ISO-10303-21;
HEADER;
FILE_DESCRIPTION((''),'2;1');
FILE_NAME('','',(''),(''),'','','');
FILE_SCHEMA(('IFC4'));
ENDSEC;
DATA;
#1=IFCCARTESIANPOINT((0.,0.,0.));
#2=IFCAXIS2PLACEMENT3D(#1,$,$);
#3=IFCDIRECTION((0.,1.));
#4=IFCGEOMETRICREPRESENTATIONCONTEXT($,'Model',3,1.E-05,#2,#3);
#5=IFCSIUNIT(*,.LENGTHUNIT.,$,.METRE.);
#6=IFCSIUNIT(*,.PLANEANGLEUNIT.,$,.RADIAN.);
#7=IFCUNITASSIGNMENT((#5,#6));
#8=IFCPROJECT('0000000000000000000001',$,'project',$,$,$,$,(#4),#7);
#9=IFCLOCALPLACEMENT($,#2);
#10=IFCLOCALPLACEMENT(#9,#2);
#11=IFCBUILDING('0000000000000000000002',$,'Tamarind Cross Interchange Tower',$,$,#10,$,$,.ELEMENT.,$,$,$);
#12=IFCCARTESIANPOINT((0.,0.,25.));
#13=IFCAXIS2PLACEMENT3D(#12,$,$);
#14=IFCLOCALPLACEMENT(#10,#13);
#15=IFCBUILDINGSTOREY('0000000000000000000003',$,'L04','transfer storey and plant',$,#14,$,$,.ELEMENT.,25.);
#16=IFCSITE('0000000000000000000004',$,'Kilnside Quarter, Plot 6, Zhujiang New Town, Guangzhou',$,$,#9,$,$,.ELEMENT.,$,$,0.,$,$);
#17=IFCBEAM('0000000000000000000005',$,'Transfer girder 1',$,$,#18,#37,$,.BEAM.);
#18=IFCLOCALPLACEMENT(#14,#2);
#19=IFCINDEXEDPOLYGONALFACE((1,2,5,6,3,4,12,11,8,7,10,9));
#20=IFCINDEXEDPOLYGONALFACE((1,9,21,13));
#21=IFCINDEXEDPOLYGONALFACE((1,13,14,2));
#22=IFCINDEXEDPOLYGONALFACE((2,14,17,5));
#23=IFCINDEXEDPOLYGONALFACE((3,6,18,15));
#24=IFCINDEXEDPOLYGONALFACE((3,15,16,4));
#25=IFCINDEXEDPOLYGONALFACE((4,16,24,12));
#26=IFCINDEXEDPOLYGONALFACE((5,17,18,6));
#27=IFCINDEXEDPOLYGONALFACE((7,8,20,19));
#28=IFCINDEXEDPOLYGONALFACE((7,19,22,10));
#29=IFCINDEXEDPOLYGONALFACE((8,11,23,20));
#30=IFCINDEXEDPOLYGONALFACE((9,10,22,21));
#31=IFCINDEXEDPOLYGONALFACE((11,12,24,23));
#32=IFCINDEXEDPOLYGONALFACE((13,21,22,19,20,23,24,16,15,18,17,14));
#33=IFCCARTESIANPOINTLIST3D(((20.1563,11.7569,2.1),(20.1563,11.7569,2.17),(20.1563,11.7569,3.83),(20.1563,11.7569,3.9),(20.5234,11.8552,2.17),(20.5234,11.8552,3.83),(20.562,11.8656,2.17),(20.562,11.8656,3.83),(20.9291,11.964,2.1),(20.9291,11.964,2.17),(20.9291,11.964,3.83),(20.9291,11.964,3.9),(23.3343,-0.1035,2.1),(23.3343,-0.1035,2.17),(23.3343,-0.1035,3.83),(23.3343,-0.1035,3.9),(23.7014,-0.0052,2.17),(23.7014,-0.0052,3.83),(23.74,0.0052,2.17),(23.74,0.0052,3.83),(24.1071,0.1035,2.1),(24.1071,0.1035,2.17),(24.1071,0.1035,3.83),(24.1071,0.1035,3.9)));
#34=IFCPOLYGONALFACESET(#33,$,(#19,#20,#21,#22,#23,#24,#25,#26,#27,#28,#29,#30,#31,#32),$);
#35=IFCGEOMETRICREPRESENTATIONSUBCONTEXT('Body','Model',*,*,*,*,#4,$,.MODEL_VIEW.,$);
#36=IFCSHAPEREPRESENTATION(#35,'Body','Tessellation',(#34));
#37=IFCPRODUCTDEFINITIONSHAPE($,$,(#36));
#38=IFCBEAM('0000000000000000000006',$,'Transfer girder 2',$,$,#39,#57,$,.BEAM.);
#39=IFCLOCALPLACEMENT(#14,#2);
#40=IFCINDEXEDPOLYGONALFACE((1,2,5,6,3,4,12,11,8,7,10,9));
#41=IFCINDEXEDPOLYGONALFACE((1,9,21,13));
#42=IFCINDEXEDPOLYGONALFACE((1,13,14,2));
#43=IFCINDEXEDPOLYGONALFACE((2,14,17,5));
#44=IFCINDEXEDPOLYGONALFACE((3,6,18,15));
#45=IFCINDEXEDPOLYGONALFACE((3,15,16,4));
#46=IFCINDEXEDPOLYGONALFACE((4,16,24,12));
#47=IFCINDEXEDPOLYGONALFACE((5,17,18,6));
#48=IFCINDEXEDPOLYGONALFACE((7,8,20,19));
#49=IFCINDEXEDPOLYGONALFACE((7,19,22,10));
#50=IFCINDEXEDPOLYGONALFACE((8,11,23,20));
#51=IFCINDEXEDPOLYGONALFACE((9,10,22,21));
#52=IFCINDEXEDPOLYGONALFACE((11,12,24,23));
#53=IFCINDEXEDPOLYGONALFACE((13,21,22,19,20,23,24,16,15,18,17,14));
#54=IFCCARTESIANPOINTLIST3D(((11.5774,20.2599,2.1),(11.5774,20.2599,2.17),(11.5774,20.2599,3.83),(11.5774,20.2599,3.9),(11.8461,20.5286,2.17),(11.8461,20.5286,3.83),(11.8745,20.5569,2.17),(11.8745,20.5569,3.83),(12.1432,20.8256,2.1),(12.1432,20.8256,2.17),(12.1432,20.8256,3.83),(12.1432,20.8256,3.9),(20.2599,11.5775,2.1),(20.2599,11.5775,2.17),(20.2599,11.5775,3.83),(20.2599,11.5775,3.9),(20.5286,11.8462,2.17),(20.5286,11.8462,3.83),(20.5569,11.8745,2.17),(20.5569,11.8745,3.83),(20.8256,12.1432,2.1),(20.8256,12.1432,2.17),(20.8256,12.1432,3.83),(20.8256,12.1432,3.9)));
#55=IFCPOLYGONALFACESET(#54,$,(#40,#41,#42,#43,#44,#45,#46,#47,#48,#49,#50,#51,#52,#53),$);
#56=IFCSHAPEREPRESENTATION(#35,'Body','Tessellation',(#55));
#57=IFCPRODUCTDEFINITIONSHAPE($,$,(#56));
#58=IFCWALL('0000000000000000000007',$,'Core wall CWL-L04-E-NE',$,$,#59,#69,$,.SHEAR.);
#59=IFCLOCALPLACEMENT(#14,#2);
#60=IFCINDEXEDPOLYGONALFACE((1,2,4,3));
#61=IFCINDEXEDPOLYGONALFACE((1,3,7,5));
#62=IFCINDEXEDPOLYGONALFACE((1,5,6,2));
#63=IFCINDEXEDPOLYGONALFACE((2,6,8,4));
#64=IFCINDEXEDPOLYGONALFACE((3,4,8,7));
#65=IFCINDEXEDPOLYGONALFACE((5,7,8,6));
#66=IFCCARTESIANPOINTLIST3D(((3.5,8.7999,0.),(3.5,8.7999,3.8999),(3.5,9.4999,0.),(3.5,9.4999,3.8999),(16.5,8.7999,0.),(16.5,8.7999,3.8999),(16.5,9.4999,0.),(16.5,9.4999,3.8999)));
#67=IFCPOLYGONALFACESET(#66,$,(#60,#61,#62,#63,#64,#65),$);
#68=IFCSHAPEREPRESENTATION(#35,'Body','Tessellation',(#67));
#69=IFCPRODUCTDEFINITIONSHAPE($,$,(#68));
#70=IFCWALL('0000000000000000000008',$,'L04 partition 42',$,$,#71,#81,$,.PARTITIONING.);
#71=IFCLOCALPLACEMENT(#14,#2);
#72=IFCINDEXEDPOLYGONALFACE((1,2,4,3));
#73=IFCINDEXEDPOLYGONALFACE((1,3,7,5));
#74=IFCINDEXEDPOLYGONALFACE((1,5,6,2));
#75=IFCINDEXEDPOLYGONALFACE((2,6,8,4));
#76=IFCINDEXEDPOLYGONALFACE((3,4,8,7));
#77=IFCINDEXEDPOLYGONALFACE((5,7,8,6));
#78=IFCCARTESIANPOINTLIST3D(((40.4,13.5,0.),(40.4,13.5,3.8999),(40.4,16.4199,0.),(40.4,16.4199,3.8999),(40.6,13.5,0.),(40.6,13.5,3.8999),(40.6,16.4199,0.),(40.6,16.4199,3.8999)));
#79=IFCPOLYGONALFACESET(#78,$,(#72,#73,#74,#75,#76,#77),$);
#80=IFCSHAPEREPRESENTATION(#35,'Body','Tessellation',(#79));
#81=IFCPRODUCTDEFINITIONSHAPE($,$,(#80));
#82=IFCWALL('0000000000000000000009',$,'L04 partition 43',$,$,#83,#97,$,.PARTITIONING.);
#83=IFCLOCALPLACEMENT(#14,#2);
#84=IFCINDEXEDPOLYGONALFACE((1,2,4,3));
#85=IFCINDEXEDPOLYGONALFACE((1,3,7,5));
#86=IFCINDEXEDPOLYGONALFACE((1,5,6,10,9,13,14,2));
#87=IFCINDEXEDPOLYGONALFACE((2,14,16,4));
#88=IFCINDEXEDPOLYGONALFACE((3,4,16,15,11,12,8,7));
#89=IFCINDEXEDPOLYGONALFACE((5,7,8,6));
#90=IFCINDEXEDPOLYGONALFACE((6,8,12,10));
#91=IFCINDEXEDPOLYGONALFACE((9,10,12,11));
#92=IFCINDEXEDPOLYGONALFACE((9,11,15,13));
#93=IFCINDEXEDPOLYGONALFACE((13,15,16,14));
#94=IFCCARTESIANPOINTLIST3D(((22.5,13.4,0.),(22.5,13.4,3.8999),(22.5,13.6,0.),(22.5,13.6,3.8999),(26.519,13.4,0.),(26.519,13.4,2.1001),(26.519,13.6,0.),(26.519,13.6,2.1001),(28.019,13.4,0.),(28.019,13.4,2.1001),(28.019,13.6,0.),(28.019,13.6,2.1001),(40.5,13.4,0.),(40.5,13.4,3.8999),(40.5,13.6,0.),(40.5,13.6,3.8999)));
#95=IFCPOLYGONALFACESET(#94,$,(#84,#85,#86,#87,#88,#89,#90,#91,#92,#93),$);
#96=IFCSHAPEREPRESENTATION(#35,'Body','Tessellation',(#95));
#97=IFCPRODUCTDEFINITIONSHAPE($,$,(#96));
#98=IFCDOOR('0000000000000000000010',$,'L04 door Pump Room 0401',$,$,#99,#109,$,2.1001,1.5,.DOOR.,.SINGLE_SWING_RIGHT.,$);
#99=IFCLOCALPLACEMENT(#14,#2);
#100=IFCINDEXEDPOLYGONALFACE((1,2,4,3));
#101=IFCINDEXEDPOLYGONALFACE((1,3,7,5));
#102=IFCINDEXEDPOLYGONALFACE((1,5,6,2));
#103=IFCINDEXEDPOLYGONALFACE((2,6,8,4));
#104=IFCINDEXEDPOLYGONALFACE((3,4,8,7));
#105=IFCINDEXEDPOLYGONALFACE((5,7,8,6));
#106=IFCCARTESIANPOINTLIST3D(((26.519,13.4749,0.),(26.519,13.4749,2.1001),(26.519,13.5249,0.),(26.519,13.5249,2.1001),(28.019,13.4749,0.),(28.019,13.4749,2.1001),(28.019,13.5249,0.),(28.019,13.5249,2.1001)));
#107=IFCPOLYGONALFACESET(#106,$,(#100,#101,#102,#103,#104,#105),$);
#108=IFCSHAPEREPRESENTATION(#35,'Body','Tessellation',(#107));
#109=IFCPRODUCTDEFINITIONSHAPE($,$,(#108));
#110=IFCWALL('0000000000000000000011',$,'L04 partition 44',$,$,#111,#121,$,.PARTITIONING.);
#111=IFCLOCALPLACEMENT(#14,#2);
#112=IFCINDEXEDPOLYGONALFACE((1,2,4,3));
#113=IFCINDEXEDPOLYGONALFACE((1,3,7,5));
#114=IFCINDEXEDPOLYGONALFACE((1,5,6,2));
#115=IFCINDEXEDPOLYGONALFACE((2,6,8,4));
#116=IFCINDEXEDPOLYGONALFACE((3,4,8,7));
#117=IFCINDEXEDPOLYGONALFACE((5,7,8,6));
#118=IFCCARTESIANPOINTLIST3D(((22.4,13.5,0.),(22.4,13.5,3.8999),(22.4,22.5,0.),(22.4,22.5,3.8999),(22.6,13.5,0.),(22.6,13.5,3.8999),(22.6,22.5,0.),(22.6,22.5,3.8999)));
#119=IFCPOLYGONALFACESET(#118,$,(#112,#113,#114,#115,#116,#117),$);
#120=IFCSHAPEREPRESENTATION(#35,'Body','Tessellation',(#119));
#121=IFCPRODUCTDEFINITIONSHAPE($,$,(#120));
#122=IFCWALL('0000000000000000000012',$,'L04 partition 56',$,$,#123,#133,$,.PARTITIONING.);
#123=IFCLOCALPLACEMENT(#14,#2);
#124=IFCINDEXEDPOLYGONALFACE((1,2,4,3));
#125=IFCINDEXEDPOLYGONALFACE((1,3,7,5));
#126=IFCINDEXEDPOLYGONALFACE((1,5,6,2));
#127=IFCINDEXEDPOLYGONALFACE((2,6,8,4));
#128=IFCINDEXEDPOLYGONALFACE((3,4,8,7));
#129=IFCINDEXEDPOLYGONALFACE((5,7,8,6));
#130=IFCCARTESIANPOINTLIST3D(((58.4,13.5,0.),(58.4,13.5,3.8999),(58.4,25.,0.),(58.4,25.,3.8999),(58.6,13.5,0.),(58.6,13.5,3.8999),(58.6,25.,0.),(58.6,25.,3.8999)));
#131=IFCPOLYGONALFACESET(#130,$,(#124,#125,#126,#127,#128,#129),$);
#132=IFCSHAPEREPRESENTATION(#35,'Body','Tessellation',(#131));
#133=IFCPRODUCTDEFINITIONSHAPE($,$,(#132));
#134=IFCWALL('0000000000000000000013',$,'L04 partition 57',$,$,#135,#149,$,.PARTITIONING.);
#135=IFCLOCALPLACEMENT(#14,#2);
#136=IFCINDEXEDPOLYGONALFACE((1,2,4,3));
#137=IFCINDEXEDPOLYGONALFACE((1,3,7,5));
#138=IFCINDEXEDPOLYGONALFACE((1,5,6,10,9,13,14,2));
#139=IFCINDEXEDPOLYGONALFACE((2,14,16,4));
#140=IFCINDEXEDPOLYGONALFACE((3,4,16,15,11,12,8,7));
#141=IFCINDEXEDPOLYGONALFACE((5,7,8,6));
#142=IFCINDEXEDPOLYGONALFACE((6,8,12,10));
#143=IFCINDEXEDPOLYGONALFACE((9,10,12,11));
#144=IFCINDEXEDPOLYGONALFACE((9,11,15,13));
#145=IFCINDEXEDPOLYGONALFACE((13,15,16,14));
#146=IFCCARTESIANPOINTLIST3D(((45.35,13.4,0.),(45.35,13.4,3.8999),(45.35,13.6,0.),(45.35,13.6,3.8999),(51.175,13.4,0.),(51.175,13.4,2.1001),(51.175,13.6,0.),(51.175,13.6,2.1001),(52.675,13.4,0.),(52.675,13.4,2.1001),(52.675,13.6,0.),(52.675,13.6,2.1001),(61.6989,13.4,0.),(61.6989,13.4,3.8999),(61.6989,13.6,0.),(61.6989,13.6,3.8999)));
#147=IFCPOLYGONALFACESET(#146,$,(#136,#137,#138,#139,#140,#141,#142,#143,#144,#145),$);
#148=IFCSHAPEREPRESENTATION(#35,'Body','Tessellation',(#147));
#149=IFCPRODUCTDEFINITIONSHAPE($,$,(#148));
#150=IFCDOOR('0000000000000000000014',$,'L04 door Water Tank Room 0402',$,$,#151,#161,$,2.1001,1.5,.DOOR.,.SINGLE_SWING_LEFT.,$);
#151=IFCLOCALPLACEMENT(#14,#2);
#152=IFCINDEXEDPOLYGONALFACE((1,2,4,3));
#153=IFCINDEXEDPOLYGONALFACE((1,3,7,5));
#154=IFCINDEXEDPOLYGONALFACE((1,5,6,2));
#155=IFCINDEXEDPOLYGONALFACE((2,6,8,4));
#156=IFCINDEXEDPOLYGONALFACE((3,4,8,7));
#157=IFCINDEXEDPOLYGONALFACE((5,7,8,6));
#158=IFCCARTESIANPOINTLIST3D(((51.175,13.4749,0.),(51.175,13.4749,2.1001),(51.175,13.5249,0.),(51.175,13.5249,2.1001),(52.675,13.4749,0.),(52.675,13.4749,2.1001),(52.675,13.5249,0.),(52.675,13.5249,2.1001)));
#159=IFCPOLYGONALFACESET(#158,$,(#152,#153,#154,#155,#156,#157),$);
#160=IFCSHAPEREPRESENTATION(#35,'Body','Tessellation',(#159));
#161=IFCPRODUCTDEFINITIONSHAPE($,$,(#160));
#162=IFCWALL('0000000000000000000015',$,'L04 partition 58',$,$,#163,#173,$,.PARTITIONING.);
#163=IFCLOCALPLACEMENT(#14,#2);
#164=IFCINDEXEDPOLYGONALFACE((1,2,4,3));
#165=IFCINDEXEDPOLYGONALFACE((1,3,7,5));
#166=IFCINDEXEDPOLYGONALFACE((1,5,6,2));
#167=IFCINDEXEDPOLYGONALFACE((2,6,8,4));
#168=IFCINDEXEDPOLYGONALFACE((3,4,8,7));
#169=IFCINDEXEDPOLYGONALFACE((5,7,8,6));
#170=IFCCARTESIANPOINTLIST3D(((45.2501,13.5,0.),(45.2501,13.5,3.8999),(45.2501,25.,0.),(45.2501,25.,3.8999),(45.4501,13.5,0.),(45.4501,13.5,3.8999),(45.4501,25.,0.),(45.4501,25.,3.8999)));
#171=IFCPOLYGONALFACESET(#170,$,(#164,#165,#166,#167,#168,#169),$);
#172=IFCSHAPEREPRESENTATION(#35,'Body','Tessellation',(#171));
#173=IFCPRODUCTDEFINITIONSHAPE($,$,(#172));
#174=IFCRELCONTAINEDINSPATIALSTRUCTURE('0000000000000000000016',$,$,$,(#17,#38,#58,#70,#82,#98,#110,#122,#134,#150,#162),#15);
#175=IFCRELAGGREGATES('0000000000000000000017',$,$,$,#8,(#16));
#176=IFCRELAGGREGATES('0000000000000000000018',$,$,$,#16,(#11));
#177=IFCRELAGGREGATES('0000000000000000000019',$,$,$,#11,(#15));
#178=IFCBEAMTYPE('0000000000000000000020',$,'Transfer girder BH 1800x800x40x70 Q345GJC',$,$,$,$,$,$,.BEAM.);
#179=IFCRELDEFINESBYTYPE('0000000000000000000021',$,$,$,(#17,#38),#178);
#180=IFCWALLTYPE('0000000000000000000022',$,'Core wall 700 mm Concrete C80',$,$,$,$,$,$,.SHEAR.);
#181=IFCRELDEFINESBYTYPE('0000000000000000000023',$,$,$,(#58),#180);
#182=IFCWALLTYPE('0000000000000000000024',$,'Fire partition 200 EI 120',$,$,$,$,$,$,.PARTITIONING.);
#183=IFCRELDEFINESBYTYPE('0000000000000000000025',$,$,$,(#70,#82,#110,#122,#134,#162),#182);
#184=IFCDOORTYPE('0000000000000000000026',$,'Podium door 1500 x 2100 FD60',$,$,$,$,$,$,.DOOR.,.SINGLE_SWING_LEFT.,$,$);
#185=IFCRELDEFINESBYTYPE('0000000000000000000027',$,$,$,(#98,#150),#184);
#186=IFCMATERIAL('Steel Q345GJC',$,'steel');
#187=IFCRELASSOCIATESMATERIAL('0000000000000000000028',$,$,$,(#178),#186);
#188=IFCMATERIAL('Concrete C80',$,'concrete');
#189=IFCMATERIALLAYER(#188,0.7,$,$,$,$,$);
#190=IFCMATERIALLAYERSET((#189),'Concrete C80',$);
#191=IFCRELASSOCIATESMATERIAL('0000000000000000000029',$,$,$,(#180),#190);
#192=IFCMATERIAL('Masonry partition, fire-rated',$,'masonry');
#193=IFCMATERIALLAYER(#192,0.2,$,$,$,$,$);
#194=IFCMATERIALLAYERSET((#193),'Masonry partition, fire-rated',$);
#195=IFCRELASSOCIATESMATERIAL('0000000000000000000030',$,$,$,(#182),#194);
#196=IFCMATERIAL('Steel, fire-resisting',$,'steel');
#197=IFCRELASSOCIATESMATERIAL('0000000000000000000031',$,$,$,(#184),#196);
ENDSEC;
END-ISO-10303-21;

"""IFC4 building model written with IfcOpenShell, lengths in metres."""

from ifc_helpers import new_model, si_unit, direction, frame, frame_2d, origin, origin_2d, place, context, subcontext, project, spatial, rectangle, i_section, extrude, material, layer, layer_set, material_profile, profile_set, type_object, element, fill, save


model = new_model("IFC4")

# Units and contexts
model_context = context("Model", 3, precision=1e-05, world=origin(), true_north=direction((0.0, 1.0)))
body_context = subcontext(model_context, "Body", "Model", "MODEL_VIEW")
ifc_project = project(units=[si_unit("LENGTHUNIT", "METRE"), si_unit("PLANEANGLEUNIT", "RADIAN")], contexts=[model_context])

# Site, building, storey
site_placement = place(None, origin())
site = spatial("IfcSite", under=ifc_project, at=site_placement, Name="Kilnside Quarter, Plot 6, Zhujiang New Town, Guangzhou", CompositionType="ELEMENT", RefElevation=0.0)
building_placement = place(site_placement, origin())
building = spatial("IfcBuilding", under=site, at=building_placement, Name="Tamarind Cross Interchange Tower", CompositionType="ELEMENT")
storey_placement = place(building_placement, frame((0.0, 0.0, 25.0)))
storey = spatial("IfcBuildingStorey", under=building, at=storey_placement, Name="L04", Description="transfer storey and plant", CompositionType="ELEMENT", Elevation=25.0)

# Shared definitions
ifc_material_1 = material(Name="Concrete C80", Category="concrete")

# Beams
ifc_material_2 = material(Name="Steel Q345GJC", Category="steel")
ifc_material_profile_1 = material_profile(ifc_material_2, i_section(OverallWidth=0.8, OverallDepth=1.8, WebThickness=0.04, FlangeThickness=0.0701, at=origin_2d()), Name="BH 1800x800x40x70")
ifc_profile_set_1 = profile_set([ifc_material_profile_1], Name="Steel Q345GJC")
beam_type = type_object("IfcBeamType", Name="Transfer girder BH 1800x800x40x70 Q345GJC", PredefinedType="BEAM", material=ifc_profile_set_1)
for number, where, z_axis, x_axis, name in (
    (1, (23.7207, 0.0, 3.0), (-0.25882, 0.965926, 0.0), (-0.965926, -0.25882, 0.0), "Transfer girder 1"),
    (2, (20.5427, 11.8604, 3.0), (-0.707107, 0.707107, 0.0), (-0.707107, -0.707107, 0.0), "Transfer girder 2"),
):
    element("IfcBeam", number, at=place(storey_placement, frame(where, z_axis=z_axis, x_axis=x_axis)), inside=storey, type_object=beam_type, Name=name, PredefinedType="BEAM", context=body_context, shape_type="SweptSolid", body=[
        extrude(i_section(OverallWidth=0.8, OverallDepth=1.8, WebThickness=0.04, FlangeThickness=0.0701, at=origin_2d()), origin(), (0.0, 0.0, 1.0), 12.2788),
    ])

# Walls
ifc_layer_1 = layer(ifc_material_1, 0.7)
ifc_layer_set_1 = layer_set([ifc_layer_1], Name="Concrete C80")
wall_type_1 = type_object("IfcWallType", Name="Core wall 700 mm Concrete C80", PredefinedType="SHEAR", material=ifc_layer_set_1)
wall_1_placement = place(storey_placement, frame((16.5, 9.1499, 0.0), z_axis=(0.0, 0.0, 1.0), x_axis=(-1.0, 0.0, 0.0)))
element("IfcWall", 3, at=wall_1_placement, inside=storey, type_object=wall_type_1, Name="Core wall CWL-L04-E-NE", PredefinedType="SHEAR", context=body_context, shape_type="SweptSolid", body=[
    extrude(rectangle(XDim=13.0, YDim=0.7, at=frame_2d((6.5, 0.0))), origin(), (0.0, 0.0, 1.0), 3.8999),
])
ifc_material_3 = material(Name="Masonry partition, fire-rated", Category="masonry")
ifc_layer_2 = layer(ifc_material_3, 0.2)
ifc_layer_set_2 = layer_set([ifc_layer_2], Name="Masonry partition, fire-rated")
wall_type_2 = type_object("IfcWallType", Name="Fire partition 200 EI 120", PredefinedType="PARTITIONING", material=ifc_layer_set_2)
wall_2_placement = place(storey_placement, frame((40.5, 13.5, 0.0), z_axis=(0.0, 0.0, 1.0), x_axis=(0.0, 1.0, 0.0)))
element("IfcWall", 4, at=wall_2_placement, inside=storey, type_object=wall_type_2, Name="L04 partition 42", PredefinedType="PARTITIONING", context=body_context, shape_type="SweptSolid", body=[
    extrude(rectangle(XDim=2.9199, YDim=0.2, at=frame_2d((1.46, 0.0))), origin(), (0.0, 0.0, 1.0), 3.8999),
])

# Wall, opening, door
wall_3_placement = place(storey_placement, frame((22.5, 13.5, 0.0), z_axis=(0.0, 0.0, 1.0), x_axis=(1.0, 0.0, 0.0)))
wall_3 = element("IfcWall", 5, at=wall_3_placement, inside=storey, type_object=wall_type_2, Name="L04 partition 43", PredefinedType="PARTITIONING", context=body_context, shape_type="SweptSolid", body=[
    extrude(rectangle(XDim=18.0, YDim=0.2, at=frame_2d((9.0, 0.0))), origin(), (0.0, 0.0, 1.0), 3.8999),
])
opening_1_placement = place(wall_3_placement, frame((4.019, 0.0, 0.0)))
opening_1 = element("IfcOpeningElement", 6, at=opening_1_placement, cuts=wall_3, PredefinedType="OPENING", context=body_context, shape_type="SweptSolid", body=[
    extrude(rectangle(XDim=1.5, YDim=2.1001, at=frame_2d((0.75, 1.05))), frame((0.0, 0.1099, 0.0), z_axis=(0.0, -1.0, 0.0), x_axis=(1.0, 0.0, 0.0)), (0.0, 0.0, 1.0), 0.22),
])
ifc_material_4 = material(Name="Steel, fire-resisting", Category="steel")
door_type = type_object("IfcDoorType", Name="Podium door 1500 x 2100 FD60", OperationType="SINGLE_SWING_LEFT", PredefinedType="DOOR", material=ifc_material_4)
door_1_placement = place(opening_1_placement, origin())
door_1 = element("IfcDoor", 7, at=door_1_placement, inside=storey, type_object=door_type, Name="L04 door Pump Room 0401", OperationType="SINGLE_SWING_RIGHT", OverallHeight=2.1001, OverallWidth=1.5, PredefinedType="DOOR", context=body_context, shape_type="SweptSolid", body=[
    extrude(rectangle(XDim=1.5, YDim=2.1001, at=frame_2d((0.75, 1.05))), frame((0.0, 0.0249, 0.0), z_axis=(0.0, -1.0, 0.0), x_axis=(1.0, 0.0, 0.0)), (0.0, 0.0, 1.0), 0.05),
])
fill(opening_1, door_1)

# Walls
wall_4_placement = place(storey_placement, frame((22.5, 13.5, 0.0), z_axis=(0.0, 0.0, 1.0), x_axis=(0.0, 1.0, 0.0)))
element("IfcWall", 8, at=wall_4_placement, inside=storey, type_object=wall_type_2, Name="L04 partition 44", PredefinedType="PARTITIONING", context=body_context, shape_type="SweptSolid", body=[
    extrude(rectangle(XDim=9.0, YDim=0.2, at=frame_2d((4.5, 0.0))), origin(), (0.0, 0.0, 1.0), 3.8999),
])
wall_5_placement = place(storey_placement, frame((58.5, 13.5, 0.0), z_axis=(0.0, 0.0, 1.0), x_axis=(0.0, 1.0, 0.0)))
element("IfcWall", 9, at=wall_5_placement, inside=storey, type_object=wall_type_2, Name="L04 partition 56", PredefinedType="PARTITIONING", context=body_context, shape_type="SweptSolid", body=[
    extrude(rectangle(XDim=11.5, YDim=0.2, at=frame_2d((5.75, 0.0))), origin(), (0.0, 0.0, 1.0), 3.8999),
])

# Wall, opening, door
wall_6_placement = place(storey_placement, frame((45.3501, 13.5, 0.0), z_axis=(0.0, 0.0, 1.0), x_axis=(1.0, 0.0, 0.0)))
wall_6 = element("IfcWall", 10, at=wall_6_placement, inside=storey, type_object=wall_type_2, Name="L04 partition 57", PredefinedType="PARTITIONING", context=body_context, shape_type="SweptSolid", body=[
    extrude(rectangle(XDim=16.3489, YDim=0.2, at=frame_2d((8.1743, 0.0))), origin(), (0.0, 0.0, 1.0), 3.8999),
])
opening_2_placement = place(wall_6_placement, frame((5.825, 0.0, 0.0)))
opening_2 = element("IfcOpeningElement", 11, at=opening_2_placement, cuts=wall_6, PredefinedType="OPENING", context=body_context, shape_type="SweptSolid", body=[
    extrude(rectangle(XDim=1.5, YDim=2.1001, at=frame_2d((0.75, 1.05))), frame((0.0, 0.1099, 0.0), z_axis=(0.0, -1.0, 0.0), x_axis=(1.0, 0.0, 0.0)), (0.0, 0.0, 1.0), 0.22),
])
door_2_placement = place(opening_2_placement, origin())
door_2 = element("IfcDoor", 12, at=door_2_placement, inside=storey, type_object=door_type, Name="L04 door Water Tank Room 0402", OperationType="SINGLE_SWING_LEFT", OverallHeight=2.1001, OverallWidth=1.5, PredefinedType="DOOR", context=body_context, shape_type="SweptSolid", body=[
    extrude(rectangle(XDim=1.5, YDim=2.1001, at=frame_2d((0.75, 1.05))), frame((0.0, 0.0249, 0.0), z_axis=(0.0, -1.0, 0.0), x_axis=(1.0, 0.0, 0.0)), (0.0, 0.0, 1.0), 0.05),
])
fill(opening_2, door_2)

# Wall
wall_7_placement = place(storey_placement, frame((45.3501, 13.5, 0.0), z_axis=(0.0, 0.0, 1.0), x_axis=(0.0, 1.0, 0.0)))
element("IfcWall", 13, at=wall_7_placement, inside=storey, type_object=wall_type_2, Name="L04 partition 58", PredefinedType="PARTITIONING", context=body_context, shape_type="SweptSolid", body=[
    extrude(rectangle(XDim=11.5, YDim=0.2, at=frame_2d((5.75, 0.0))), origin(), (0.0, 0.0, 1.0), 3.8999),
])

save(model, "model.ifc")
